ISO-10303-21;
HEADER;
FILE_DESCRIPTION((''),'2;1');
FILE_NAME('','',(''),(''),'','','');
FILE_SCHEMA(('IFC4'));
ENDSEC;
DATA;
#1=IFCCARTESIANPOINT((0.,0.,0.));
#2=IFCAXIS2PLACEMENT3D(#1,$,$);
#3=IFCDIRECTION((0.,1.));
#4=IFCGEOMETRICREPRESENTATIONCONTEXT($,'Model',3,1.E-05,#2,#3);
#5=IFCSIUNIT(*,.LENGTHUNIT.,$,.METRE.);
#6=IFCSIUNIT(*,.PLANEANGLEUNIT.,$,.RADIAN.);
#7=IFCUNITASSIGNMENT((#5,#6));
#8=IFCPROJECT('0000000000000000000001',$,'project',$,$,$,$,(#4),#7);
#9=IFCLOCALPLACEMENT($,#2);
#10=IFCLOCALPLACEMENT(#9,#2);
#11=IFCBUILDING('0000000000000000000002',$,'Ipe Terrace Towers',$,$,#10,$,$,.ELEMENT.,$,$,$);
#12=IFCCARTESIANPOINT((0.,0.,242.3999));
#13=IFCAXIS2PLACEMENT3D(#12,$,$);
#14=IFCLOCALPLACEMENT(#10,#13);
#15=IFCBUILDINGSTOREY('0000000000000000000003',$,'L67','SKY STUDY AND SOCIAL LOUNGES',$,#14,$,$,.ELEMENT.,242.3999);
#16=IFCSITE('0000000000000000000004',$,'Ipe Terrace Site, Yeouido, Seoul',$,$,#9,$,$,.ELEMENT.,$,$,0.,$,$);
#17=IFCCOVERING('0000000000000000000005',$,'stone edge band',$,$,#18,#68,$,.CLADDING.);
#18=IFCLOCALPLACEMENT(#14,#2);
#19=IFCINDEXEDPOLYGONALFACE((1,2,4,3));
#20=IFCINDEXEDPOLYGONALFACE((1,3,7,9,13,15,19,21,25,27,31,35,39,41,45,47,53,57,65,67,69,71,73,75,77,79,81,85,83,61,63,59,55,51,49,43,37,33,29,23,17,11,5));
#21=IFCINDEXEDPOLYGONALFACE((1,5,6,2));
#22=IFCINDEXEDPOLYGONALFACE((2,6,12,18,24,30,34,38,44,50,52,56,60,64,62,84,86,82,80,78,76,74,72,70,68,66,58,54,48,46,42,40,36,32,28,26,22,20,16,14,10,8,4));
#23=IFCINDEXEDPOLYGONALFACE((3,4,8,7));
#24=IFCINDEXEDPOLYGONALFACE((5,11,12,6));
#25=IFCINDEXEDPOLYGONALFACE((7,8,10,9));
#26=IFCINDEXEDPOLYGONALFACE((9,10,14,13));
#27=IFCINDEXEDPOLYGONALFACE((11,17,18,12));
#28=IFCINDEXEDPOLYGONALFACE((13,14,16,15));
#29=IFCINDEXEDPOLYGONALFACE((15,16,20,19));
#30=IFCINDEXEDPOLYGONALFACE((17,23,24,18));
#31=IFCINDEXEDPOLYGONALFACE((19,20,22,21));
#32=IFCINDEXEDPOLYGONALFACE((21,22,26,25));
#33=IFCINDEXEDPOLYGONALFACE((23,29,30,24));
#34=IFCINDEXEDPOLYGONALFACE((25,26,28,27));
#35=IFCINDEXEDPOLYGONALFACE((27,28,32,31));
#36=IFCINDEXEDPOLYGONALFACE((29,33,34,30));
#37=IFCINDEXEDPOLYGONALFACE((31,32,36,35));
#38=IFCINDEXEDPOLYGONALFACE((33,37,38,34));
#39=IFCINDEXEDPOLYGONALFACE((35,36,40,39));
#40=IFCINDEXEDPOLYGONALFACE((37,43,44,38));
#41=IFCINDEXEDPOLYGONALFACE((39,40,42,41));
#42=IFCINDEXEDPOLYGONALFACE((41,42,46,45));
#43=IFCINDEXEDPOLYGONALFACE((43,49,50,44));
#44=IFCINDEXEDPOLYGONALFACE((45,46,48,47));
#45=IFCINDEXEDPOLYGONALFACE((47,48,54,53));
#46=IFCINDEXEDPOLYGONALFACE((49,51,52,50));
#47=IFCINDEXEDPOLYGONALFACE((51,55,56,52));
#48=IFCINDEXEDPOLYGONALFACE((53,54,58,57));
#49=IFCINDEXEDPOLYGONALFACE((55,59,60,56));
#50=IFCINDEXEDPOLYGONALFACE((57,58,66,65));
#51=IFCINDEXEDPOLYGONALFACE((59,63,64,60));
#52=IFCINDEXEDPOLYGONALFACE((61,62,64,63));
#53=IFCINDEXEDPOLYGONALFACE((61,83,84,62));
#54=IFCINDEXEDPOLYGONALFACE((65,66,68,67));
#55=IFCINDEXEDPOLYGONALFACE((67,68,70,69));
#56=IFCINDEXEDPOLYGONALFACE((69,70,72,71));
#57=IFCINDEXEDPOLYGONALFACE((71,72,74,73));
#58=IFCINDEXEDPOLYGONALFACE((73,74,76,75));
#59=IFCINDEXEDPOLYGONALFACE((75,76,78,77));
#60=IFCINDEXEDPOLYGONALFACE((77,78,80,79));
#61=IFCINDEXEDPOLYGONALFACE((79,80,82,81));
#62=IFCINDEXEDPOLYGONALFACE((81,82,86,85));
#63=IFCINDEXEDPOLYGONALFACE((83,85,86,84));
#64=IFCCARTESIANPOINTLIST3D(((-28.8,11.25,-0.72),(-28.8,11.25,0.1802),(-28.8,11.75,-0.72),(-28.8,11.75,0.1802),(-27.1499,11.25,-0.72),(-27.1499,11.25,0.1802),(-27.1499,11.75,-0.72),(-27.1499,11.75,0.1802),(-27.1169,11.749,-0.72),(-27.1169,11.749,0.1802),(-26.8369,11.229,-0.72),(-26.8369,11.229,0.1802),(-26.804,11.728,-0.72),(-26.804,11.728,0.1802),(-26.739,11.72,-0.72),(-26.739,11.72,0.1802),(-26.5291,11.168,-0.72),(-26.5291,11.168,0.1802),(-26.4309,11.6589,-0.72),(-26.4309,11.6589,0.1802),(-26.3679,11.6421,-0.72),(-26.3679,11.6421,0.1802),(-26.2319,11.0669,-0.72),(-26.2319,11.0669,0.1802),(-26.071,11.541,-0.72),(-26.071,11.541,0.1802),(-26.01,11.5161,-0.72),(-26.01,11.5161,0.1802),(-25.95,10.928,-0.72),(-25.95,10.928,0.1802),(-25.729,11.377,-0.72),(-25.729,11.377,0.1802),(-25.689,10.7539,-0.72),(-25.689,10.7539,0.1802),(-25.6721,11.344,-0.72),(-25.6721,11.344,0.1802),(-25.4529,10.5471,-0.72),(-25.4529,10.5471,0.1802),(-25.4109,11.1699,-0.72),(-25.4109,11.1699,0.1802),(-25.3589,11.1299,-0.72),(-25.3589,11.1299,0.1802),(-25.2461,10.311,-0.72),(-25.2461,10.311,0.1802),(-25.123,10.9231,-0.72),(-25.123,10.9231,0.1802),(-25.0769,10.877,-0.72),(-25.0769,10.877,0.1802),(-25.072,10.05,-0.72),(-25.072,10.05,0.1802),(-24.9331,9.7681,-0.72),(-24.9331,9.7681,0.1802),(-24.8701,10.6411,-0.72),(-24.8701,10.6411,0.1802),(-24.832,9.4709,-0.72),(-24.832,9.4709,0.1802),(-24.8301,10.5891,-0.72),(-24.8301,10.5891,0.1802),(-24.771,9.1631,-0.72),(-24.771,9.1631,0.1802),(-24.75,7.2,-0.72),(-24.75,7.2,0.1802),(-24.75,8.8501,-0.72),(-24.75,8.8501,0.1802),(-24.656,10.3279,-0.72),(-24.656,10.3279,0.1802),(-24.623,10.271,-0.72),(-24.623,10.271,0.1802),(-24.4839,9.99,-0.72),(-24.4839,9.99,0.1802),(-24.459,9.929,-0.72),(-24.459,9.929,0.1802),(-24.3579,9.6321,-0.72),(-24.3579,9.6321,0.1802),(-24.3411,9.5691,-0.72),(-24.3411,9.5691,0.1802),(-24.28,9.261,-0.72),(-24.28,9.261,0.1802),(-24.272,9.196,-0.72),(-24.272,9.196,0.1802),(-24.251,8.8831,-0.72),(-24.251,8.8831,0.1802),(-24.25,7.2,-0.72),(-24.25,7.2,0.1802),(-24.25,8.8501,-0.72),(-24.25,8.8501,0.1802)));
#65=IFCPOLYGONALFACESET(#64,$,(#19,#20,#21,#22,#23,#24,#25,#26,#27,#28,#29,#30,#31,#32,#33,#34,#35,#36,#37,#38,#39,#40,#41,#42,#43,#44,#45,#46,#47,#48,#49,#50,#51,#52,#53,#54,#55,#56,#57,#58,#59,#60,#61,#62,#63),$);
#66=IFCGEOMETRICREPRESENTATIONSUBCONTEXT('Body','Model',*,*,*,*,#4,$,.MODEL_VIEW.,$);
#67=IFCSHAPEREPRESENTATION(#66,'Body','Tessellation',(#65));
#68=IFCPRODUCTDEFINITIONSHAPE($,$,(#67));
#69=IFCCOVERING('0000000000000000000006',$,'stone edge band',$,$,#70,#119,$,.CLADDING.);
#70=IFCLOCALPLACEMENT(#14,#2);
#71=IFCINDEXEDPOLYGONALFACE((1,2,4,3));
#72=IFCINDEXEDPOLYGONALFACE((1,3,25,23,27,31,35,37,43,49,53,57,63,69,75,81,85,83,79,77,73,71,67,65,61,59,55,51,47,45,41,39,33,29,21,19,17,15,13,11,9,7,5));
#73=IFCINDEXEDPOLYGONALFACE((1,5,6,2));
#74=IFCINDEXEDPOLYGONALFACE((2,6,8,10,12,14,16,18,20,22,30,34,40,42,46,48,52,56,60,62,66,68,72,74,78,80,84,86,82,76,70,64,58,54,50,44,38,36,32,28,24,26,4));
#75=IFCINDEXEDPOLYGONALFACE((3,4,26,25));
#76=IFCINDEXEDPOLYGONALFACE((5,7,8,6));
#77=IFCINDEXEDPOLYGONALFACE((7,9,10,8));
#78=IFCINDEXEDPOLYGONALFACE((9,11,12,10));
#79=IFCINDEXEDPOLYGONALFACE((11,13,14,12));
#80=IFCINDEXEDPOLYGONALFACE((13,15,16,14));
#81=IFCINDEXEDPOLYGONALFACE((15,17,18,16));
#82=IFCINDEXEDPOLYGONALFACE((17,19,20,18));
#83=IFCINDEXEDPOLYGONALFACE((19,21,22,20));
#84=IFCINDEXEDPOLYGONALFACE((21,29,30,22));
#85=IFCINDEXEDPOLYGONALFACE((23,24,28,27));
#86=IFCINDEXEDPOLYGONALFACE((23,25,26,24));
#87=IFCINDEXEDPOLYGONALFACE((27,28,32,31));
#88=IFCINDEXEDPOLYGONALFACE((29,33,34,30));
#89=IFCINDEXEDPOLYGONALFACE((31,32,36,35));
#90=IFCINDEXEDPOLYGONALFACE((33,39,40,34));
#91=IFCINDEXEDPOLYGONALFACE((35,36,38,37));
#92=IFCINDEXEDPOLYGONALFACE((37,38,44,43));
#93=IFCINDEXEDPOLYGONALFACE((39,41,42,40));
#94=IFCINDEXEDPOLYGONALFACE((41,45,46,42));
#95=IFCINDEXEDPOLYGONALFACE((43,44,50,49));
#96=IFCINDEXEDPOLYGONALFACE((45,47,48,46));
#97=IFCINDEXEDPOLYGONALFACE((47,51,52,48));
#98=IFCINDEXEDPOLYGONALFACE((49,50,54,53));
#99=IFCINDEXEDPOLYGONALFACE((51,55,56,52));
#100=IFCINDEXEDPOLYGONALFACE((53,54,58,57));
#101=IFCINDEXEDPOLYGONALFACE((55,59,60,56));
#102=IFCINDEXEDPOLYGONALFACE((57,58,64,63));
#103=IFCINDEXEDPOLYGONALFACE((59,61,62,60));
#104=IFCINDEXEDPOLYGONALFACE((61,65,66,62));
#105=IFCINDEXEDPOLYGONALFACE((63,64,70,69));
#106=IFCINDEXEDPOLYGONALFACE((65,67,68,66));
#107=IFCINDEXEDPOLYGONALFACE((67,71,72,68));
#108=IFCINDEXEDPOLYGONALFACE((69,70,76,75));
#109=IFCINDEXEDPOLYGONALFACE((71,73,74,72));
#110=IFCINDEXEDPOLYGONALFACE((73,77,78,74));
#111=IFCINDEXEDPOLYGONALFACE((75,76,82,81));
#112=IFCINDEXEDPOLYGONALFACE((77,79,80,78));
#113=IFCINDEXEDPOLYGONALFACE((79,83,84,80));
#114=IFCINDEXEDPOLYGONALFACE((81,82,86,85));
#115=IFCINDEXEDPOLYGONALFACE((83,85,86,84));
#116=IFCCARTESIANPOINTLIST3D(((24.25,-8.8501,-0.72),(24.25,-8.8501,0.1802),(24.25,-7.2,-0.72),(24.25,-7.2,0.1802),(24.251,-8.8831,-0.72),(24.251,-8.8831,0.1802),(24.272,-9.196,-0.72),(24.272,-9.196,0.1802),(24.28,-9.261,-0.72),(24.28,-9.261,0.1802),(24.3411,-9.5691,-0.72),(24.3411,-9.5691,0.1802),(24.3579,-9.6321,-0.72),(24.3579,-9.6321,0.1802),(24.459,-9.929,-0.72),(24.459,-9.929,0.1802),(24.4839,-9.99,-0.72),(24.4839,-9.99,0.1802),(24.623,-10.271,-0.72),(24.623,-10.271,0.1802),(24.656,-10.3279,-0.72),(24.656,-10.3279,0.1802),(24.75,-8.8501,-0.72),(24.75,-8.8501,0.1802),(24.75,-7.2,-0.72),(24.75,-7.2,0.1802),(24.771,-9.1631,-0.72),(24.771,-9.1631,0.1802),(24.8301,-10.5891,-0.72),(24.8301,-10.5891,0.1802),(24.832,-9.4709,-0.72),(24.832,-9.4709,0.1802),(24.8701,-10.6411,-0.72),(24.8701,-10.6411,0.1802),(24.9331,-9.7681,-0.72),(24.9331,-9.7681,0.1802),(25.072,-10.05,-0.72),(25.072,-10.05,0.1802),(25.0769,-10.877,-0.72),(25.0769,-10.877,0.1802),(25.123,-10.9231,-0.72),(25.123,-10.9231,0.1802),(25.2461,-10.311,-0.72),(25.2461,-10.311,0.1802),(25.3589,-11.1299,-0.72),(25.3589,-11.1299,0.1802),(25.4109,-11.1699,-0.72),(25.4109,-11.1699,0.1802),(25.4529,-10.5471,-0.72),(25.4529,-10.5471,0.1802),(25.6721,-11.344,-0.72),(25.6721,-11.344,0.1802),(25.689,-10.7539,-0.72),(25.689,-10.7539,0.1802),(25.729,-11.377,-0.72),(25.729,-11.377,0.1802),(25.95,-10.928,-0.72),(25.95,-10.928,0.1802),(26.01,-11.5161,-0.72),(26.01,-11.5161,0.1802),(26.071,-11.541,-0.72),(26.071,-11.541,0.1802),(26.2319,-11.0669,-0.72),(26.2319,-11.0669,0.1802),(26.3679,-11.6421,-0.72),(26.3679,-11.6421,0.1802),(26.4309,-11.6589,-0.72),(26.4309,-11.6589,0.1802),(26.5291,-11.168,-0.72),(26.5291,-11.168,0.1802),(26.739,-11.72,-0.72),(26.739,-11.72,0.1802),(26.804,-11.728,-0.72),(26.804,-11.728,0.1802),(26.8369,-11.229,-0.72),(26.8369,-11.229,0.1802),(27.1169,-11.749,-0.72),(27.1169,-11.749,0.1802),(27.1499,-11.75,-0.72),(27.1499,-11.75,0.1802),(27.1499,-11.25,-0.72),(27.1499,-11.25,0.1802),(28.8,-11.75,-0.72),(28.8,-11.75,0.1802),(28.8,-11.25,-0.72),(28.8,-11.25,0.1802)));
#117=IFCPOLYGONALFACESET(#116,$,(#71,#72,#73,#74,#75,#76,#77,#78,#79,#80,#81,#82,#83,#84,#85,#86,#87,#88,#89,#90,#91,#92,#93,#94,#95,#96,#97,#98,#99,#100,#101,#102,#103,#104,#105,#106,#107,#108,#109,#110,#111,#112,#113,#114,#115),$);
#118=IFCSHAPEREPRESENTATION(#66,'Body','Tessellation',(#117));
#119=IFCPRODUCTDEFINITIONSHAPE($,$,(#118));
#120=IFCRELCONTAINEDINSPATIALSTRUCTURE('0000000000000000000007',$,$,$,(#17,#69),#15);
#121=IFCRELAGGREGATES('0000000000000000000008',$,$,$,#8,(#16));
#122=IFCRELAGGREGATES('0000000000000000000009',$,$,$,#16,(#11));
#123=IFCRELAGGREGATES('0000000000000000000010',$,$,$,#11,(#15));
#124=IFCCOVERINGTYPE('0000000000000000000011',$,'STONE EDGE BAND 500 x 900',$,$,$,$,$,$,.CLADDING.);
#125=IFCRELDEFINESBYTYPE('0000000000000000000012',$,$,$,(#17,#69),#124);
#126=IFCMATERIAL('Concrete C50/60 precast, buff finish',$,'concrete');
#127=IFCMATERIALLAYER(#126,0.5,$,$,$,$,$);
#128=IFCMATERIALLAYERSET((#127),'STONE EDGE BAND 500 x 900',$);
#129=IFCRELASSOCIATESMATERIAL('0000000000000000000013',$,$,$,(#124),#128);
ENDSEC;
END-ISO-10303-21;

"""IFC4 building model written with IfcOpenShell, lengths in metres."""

from ifc_helpers import new_model, si_unit, direction, frame, origin, place, context, subcontext, project, spatial, polyline, outline, extrude, material, layer, layer_set, type_object, element, save


model = new_model("IFC4")

# Units and contexts
model_context = context("Model", 3, precision=1e-05, world=origin(), true_north=direction((0.0, 1.0)))
body_context = subcontext(model_context, "Body", "Model", "MODEL_VIEW")
ifc_project = project(units=[si_unit("LENGTHUNIT", "METRE"), si_unit("PLANEANGLEUNIT", "RADIAN")], contexts=[model_context])

# Site, building, storey
site_placement = place(None, origin())
site = spatial("IfcSite", under=ifc_project, at=site_placement, Name="Ipe Terrace Site, Yeouido, Seoul", CompositionType="ELEMENT", RefElevation=0.0)
building_placement = place(site_placement, origin())
building = spatial("IfcBuilding", under=site, at=building_placement, Name="Ipe Terrace Towers", CompositionType="ELEMENT")
storey_placement = place(building_placement, frame((0.0, 0.0, 242.3999)))
storey = spatial("IfcBuildingStorey", under=building, at=storey_placement, Name="L67", Description="SKY STUDY AND SOCIAL LOUNGES", CompositionType="ELEMENT", Elevation=242.3999)

# Coverings
ifc_material_1 = material(Name="Concrete C50/60 precast, buff finish", Category="concrete")
ifc_layer_1 = layer(ifc_material_1, 0.5)
ifc_layer_set_1 = layer_set([ifc_layer_1], Name="STONE EDGE BAND 500 x 900")
covering_type_1 = type_object("IfcCoveringType", Name="STONE EDGE BAND 500 x 900", PredefinedType="CLADDING", material=ifc_layer_set_1)
covering_1_placement = place(storey_placement, frame((0.0, 0.0, -0.72)))
element("IfcCovering", 1, at=covering_1_placement, inside=storey, type_object=covering_type_1, Name="stone edge band", PredefinedType="CLADDING", context=body_context, shape_type="SweptSolid", body=[
    extrude(outline(polyline([(-27.1499, 11.75), (-28.8, 11.75), (-28.8, 11.25), (-27.1499, 11.25), (-26.8369, 11.229), (-26.5291, 11.168), (-26.2319, 11.0669), (-25.95, 10.928), (-25.689, 10.7539), (-25.4529, 10.5471), (-25.2461, 10.311), (-25.072, 10.05), (-24.9331, 9.7681), (-24.832, 9.4709), (-24.771, 9.1631), (-24.75, 8.8501), (-24.75, 7.2), (-24.25, 7.2), (-24.25, 8.8501), (-24.251, 8.8831), (-24.272, 9.196), (-24.28, 9.261), (-24.3411, 9.5691), (-24.3579, 9.6321), (-24.459, 9.929), (-24.4839, 9.99), (-24.623, 10.271), (-24.656, 10.3279), (-24.8301, 10.5891), (-24.8701, 10.6411), (-25.0769, 10.877), (-25.123, 10.9231), (-25.3589, 11.1299), (-25.4109, 11.1699), (-25.6721, 11.344), (-25.729, 11.377), (-26.01, 11.5161), (-26.071, 11.541), (-26.3679, 11.6421), (-26.4309, 11.6589), (-26.739, 11.72), (-26.804, 11.728), (-27.1169, 11.749), (-27.1499, 11.75)])), origin(), (0.0, 0.0, 1.0), 0.9001),
])
covering_2_placement = place(storey_placement, frame((0.0, 0.0, -0.72)))
element("IfcCovering", 2, at=covering_2_placement, inside=storey, type_object=covering_type_1, Name="stone edge band", PredefinedType="CLADDING", context=body_context, shape_type="SweptSolid", body=[
    extrude(outline(polyline([(24.25, -8.8501), (24.251, -8.8831), (24.272, -9.196), (24.28, -9.261), (24.3411, -9.5691), (24.3579, -9.6321), (24.459, -9.929), (24.4839, -9.99), (24.623, -10.271), (24.656, -10.3279), (24.8301, -10.5891), (24.8701, -10.6411), (25.0769, -10.877), (25.123, -10.9231), (25.3589, -11.1299), (25.4109, -11.1699), (25.6721, -11.344), (25.729, -11.377), (26.01, -11.5161), (26.071, -11.541), (26.3679, -11.6421), (26.4309, -11.6589), (26.739, -11.72), (26.804, -11.728), (27.1169, -11.749), (27.1499, -11.75), (28.8, -11.75), (28.8, -11.25), (27.1499, -11.25), (26.8369, -11.229), (26.5291, -11.168), (26.2319, -11.0669), (25.95, -10.928), (25.689, -10.7539), (25.4529, -10.5471), (25.2461, -10.311), (25.072, -10.05), (24.9331, -9.7681), (24.832, -9.4709), (24.771, -9.1631), (24.75, -8.8501), (24.75, -7.2), (24.25, -7.2), (24.25, -8.8501)])), origin(), (0.0, 0.0, 1.0), 0.9001),
])

save(model, "model.ifc")
